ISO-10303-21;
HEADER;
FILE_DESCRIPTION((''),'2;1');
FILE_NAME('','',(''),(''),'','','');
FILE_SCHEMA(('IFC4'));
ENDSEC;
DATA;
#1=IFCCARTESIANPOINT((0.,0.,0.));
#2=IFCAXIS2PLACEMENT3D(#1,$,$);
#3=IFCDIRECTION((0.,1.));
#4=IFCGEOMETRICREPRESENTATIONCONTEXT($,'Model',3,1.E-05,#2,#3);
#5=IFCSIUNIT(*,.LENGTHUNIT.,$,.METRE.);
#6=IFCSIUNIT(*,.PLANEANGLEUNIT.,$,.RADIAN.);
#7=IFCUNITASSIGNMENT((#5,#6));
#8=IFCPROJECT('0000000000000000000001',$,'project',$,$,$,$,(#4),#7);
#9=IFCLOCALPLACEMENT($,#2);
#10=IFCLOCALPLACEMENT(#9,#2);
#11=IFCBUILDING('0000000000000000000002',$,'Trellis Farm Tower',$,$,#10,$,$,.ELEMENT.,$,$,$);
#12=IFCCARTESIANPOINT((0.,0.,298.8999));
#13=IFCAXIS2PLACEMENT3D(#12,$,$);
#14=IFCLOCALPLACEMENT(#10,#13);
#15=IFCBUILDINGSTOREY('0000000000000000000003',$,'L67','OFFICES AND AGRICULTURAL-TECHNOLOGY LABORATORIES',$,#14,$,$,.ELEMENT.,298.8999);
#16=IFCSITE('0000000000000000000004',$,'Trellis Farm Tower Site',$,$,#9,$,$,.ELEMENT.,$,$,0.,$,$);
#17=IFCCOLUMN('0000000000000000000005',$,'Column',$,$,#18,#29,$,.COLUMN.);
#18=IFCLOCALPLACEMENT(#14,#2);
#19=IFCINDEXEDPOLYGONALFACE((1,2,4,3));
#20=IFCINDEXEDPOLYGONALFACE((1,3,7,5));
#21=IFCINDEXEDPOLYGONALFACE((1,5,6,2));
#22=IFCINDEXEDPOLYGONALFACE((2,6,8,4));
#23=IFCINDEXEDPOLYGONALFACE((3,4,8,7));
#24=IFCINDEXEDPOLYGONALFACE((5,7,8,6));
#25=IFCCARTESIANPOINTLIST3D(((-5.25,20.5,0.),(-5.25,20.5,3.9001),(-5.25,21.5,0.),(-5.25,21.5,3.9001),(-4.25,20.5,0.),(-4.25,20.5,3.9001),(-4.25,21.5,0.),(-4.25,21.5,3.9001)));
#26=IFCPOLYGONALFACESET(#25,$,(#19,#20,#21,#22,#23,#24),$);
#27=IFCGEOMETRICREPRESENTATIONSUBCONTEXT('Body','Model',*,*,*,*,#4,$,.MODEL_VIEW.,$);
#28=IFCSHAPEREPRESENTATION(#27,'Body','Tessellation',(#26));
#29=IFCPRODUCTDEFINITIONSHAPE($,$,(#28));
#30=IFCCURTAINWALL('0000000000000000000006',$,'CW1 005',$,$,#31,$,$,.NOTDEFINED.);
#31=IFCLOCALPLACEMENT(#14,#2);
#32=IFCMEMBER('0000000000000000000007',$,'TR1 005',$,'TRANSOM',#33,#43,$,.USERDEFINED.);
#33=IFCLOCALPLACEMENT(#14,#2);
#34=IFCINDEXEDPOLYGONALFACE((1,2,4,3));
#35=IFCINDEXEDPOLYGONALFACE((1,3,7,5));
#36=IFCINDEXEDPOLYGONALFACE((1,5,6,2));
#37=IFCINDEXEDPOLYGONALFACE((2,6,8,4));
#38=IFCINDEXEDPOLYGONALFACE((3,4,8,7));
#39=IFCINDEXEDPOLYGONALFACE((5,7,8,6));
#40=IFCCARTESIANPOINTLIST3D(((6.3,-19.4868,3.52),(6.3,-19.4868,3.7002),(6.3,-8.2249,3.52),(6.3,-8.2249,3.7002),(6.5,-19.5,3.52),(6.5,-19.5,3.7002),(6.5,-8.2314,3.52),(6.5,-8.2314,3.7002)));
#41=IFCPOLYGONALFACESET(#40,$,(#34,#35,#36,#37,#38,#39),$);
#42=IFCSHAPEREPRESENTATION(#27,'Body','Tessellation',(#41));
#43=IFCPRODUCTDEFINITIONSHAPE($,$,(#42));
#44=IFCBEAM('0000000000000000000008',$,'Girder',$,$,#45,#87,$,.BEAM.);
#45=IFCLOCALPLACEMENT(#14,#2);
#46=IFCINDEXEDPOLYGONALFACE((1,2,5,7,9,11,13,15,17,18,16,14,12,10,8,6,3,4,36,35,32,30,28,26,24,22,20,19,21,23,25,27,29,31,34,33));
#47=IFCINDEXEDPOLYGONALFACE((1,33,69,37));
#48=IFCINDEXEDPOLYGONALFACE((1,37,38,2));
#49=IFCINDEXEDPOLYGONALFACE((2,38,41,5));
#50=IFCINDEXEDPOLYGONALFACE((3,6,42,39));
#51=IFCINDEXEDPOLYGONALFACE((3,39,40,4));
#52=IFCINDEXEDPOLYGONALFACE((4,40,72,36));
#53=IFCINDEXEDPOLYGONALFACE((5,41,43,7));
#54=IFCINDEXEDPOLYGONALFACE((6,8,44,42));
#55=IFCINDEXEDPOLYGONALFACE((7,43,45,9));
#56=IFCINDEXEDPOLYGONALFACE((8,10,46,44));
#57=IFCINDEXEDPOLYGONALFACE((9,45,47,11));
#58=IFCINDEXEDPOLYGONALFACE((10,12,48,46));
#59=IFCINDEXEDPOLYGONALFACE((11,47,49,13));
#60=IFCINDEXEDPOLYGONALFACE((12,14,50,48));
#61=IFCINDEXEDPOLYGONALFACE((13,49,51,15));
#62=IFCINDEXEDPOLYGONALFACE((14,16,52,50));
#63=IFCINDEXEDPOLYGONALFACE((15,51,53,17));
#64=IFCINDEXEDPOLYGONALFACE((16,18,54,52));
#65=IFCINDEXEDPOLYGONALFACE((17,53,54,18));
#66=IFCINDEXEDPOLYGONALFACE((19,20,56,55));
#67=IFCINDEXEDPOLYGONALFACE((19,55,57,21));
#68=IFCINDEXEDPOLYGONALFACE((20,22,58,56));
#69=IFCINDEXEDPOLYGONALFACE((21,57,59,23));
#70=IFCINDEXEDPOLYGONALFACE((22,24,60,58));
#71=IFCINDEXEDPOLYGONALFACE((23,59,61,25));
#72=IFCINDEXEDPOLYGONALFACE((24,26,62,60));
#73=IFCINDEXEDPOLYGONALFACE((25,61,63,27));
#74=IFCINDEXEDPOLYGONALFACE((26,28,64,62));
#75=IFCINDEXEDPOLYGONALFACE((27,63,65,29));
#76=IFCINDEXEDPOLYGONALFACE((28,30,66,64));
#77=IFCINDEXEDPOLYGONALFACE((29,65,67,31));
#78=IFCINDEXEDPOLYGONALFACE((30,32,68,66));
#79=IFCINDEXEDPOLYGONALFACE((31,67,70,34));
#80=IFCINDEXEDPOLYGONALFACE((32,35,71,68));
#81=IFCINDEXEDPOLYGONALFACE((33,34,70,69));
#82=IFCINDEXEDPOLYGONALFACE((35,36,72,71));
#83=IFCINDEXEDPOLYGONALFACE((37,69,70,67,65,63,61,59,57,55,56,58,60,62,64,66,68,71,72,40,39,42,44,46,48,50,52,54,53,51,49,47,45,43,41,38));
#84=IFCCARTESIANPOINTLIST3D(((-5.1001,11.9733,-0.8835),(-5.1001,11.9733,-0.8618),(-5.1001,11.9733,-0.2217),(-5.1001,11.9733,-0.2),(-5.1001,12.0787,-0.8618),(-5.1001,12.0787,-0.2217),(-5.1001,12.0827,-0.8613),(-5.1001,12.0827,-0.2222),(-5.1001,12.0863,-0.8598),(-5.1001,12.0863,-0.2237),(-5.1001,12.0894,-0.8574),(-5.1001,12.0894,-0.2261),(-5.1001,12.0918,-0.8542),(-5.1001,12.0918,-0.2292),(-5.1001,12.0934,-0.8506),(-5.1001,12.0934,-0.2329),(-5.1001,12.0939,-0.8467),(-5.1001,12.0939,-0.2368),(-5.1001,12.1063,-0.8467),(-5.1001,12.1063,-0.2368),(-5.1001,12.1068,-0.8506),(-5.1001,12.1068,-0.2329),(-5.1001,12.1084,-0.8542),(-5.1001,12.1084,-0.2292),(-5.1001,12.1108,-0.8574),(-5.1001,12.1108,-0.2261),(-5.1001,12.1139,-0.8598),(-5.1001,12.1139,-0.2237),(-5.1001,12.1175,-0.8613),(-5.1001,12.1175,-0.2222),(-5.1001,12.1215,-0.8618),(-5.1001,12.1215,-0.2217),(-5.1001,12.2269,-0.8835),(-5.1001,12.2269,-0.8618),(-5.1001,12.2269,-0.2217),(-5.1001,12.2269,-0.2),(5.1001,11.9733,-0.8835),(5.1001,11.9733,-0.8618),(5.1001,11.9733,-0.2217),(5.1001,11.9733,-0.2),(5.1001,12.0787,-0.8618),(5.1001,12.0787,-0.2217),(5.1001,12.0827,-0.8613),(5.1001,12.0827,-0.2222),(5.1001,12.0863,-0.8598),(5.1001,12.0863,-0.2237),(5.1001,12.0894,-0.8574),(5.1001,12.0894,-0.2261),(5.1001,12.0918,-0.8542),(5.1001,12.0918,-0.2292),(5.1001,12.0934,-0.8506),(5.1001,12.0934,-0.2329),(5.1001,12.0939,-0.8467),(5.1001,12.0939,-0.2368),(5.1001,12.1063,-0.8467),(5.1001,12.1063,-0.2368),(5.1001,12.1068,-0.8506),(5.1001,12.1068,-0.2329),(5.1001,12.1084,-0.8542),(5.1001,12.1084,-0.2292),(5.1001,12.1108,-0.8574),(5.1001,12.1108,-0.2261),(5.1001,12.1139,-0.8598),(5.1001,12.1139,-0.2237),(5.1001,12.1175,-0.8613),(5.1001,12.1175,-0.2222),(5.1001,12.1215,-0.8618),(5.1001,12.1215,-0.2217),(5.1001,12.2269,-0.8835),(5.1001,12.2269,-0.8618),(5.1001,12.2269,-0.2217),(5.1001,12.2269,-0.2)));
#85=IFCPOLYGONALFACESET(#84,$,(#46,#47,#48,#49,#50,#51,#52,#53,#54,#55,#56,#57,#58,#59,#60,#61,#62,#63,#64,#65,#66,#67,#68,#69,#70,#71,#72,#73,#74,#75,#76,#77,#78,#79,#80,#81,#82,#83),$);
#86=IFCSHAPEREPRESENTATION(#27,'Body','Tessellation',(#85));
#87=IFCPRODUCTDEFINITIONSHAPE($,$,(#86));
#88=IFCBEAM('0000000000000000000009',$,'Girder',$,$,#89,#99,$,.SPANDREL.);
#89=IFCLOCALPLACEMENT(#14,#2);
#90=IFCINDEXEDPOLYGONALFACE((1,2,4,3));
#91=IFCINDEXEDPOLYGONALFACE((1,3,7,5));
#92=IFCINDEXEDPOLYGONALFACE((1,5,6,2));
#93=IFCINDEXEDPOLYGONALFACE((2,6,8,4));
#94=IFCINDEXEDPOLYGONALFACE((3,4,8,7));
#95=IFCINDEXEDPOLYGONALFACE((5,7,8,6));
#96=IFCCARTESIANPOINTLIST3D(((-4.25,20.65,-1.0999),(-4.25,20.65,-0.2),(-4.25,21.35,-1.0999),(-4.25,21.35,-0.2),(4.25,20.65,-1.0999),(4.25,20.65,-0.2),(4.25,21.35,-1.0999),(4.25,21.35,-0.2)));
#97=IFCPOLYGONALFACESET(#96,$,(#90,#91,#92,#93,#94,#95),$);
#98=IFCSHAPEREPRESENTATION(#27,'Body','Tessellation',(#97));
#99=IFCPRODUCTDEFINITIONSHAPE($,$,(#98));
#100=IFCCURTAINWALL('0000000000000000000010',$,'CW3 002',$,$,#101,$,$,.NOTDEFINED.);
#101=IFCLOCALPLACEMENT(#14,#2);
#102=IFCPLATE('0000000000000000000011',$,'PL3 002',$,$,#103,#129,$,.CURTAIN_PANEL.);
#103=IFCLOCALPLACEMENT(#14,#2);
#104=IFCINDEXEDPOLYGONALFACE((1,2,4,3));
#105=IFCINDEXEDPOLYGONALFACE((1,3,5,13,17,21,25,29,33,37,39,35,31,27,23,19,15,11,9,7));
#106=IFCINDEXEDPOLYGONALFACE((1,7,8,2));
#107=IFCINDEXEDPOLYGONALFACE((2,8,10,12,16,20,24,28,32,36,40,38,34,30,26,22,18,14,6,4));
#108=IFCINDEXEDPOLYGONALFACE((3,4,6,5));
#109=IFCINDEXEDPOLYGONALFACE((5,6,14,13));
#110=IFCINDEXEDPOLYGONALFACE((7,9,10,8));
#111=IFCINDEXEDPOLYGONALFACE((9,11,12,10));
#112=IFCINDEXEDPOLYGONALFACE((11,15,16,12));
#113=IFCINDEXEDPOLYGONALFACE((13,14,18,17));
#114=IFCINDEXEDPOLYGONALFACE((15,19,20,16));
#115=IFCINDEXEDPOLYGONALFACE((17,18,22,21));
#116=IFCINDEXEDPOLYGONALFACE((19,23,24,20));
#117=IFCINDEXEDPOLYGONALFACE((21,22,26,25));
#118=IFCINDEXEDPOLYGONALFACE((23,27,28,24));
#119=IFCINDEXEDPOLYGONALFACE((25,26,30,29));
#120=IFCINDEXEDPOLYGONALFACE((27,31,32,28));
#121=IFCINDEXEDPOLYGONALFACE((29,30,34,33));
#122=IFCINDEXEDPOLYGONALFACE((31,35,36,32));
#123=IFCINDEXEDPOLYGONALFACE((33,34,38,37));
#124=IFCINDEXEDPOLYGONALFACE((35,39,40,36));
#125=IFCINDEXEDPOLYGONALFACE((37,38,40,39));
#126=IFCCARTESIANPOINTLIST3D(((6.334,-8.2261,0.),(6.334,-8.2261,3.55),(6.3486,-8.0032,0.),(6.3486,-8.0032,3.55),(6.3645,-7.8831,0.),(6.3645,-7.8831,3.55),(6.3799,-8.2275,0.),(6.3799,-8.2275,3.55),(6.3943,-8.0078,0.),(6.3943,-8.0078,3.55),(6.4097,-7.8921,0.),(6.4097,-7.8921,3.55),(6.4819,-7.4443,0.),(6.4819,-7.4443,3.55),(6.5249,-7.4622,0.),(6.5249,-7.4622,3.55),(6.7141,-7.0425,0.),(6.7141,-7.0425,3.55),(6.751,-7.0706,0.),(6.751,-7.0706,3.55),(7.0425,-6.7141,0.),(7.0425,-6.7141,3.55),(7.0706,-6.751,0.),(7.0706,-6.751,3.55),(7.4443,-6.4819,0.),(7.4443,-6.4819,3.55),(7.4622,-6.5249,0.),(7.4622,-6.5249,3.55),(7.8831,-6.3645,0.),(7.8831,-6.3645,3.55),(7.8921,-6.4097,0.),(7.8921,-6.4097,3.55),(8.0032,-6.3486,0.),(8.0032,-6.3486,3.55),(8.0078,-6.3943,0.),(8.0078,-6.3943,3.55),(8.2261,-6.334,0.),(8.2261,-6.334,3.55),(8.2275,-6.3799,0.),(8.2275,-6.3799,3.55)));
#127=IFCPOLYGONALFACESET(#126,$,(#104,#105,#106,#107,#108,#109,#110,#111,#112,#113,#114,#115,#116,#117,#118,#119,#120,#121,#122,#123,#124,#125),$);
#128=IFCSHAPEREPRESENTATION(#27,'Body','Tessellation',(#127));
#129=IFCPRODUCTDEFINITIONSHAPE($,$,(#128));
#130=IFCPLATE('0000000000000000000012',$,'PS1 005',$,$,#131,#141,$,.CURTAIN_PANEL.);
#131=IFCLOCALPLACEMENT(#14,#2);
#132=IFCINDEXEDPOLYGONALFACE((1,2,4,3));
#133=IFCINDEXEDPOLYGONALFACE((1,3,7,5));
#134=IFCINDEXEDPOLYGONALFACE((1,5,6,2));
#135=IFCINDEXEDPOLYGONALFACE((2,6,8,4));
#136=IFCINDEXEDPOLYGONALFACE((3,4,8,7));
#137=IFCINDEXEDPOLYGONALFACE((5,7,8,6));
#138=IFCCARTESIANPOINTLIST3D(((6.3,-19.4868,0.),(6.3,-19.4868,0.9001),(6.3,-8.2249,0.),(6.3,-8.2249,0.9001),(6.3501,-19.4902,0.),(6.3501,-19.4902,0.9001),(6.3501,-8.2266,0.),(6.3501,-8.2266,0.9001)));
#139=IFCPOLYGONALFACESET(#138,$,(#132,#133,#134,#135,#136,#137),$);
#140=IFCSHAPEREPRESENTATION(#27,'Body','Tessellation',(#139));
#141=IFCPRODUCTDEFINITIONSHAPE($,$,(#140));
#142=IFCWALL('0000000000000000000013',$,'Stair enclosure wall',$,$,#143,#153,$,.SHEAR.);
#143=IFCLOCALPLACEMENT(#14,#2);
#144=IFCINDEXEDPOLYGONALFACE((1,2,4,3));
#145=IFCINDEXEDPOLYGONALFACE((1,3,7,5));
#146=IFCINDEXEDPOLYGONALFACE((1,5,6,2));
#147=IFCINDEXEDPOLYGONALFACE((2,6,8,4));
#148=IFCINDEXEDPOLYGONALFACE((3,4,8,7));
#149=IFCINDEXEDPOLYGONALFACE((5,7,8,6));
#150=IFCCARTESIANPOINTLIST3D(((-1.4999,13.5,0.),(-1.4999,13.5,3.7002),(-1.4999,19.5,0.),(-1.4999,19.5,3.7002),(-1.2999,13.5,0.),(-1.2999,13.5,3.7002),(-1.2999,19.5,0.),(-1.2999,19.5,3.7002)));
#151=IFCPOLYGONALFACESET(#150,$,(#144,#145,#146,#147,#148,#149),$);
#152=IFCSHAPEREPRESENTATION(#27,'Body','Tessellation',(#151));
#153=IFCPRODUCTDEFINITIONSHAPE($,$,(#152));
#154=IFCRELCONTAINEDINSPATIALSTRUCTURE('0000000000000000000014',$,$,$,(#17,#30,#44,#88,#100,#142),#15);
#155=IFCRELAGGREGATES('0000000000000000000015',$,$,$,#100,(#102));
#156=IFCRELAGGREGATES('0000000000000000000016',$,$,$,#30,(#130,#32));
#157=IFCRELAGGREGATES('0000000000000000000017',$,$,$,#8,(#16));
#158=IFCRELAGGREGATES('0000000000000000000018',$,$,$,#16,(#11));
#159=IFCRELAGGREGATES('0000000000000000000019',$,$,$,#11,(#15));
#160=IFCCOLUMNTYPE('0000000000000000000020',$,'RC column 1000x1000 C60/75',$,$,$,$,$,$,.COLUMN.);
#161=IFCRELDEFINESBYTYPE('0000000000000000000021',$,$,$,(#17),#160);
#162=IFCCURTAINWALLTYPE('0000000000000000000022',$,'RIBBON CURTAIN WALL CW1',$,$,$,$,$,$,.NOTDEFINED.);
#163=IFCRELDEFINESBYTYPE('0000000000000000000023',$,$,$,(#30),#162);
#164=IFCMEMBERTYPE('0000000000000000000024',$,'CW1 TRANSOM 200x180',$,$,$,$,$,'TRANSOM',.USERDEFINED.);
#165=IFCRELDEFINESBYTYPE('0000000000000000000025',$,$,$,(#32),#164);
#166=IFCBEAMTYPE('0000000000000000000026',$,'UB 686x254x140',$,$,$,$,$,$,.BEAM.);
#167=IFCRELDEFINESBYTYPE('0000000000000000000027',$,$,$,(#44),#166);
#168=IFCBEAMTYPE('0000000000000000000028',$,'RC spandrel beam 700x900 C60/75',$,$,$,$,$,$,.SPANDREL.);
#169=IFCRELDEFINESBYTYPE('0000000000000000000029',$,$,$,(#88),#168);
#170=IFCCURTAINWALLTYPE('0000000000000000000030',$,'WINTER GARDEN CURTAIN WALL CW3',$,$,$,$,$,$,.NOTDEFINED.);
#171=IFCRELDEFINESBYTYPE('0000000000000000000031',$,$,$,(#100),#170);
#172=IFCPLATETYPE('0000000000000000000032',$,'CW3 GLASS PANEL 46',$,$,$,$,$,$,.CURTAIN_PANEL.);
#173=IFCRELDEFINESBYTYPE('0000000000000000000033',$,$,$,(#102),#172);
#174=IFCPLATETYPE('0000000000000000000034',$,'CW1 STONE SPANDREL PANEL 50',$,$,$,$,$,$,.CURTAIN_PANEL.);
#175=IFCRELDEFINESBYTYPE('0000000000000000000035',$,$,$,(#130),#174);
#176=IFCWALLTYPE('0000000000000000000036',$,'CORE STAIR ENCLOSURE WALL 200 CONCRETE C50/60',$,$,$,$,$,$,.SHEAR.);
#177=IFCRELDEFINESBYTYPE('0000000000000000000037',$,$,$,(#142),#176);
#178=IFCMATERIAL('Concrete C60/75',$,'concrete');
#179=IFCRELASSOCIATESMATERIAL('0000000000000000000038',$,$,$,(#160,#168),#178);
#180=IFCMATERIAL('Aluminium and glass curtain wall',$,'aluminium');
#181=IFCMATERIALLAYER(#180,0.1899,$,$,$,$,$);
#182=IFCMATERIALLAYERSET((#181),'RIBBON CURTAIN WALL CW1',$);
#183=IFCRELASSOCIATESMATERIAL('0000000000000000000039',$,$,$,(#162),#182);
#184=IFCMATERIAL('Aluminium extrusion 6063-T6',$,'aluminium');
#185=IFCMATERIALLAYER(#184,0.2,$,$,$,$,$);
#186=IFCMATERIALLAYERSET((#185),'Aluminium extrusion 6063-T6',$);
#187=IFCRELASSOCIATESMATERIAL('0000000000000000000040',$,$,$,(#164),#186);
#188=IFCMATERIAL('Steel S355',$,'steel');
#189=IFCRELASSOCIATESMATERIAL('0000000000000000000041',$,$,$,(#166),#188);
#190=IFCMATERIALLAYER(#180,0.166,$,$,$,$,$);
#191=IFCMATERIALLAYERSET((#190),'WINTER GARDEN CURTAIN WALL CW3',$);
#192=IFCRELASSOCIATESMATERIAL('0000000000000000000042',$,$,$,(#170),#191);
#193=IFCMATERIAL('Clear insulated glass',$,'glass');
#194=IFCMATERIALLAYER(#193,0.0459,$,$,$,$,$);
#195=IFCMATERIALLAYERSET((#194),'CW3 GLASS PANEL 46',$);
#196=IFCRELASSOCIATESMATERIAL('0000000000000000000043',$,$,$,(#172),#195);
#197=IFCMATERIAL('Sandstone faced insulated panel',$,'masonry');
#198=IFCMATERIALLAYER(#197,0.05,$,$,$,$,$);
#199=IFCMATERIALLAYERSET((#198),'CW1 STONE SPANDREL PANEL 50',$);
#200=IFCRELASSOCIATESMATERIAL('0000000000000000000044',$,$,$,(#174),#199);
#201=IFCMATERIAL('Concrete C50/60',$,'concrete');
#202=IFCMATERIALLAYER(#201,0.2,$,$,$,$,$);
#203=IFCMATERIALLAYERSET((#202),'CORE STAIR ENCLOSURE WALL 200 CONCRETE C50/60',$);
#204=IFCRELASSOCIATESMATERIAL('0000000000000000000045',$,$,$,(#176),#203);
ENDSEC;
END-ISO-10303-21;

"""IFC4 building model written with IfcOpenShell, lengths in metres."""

from ifc_helpers import new_model, si_unit, direction, frame, frame_2d, origin, origin_2d, place, context, subcontext, project, spatial, polyline, rectangle, i_section, outline, extrude, source, transform, mapped, material, layer, layer_set, material_profile, profile_set, type_object, element, aggregate, save


model = new_model("IFC4")

# Units and contexts
model_context = context("Model", 3, precision=1e-05, world=origin(), true_north=direction((0.0, 1.0)))
body_context = subcontext(model_context, "Body", "Model", "MODEL_VIEW")
ifc_project = project(units=[si_unit("LENGTHUNIT", "METRE"), si_unit("PLANEANGLEUNIT", "RADIAN")], contexts=[model_context])

# Site, building, storey
site_placement = place(None, origin())
site = spatial("IfcSite", under=ifc_project, at=site_placement, Name="Trellis Farm Tower Site", CompositionType="ELEMENT", RefElevation=0.0)
building_placement = place(site_placement, origin())
building = spatial("IfcBuilding", under=site, at=building_placement, Name="Trellis Farm Tower", CompositionType="ELEMENT")
storey_placement = place(building_placement, frame((0.0, 0.0, 298.8999)))
storey = spatial("IfcBuildingStorey", under=building, at=storey_placement, Name="L67", Description="OFFICES AND AGRICULTURAL-TECHNOLOGY LABORATORIES", CompositionType="ELEMENT", Elevation=298.8999)

# Column
ifc_material_1 = material(Name="Concrete C60/75", Category="concrete")
ifc_material_profile_1 = material_profile(ifc_material_1, rectangle(XDim=1.0, YDim=1.0, at=origin_2d()), Name="RC column 1000x1000 C60/75")
ifc_profile_set_1 = profile_set([ifc_material_profile_1], Name="Concrete C60/75")
column_type = type_object("IfcColumnType", Name="RC column 1000x1000 C60/75", PredefinedType="COLUMN", material=ifc_profile_set_1)
shared_shape_1 = source(origin(), body_context, "Body", "SweptSolid", [
    extrude(rectangle(XDim=1.0, YDim=1.0, at=origin_2d()), origin(), (0.0, 0.0, 1.0), 3.9001),
])
column_placement = place(storey_placement, frame((-4.75, 21.0, 0.0), z_axis=(0.0, 0.0, 1.0), x_axis=(1.0, 0.0, 0.0)))
element("IfcColumn", 1, at=column_placement, inside=storey, type_object=column_type, Name="Column", PredefinedType="COLUMN", context=body_context, shape_type="MappedRepresentation", body=[
    mapped(shared_shape_1, transform((0.0, 0.0, 0.0))),
])

# Curtain wall, member
ifc_material_2 = material(Name="Aluminium and glass curtain wall", Category="aluminium")
ifc_layer_1 = layer(ifc_material_2, 0.1899)
ifc_layer_set_1 = layer_set([ifc_layer_1], Name="RIBBON CURTAIN WALL CW1")
curtain_wall_type_1 = type_object("IfcCurtainWallType", Name="RIBBON CURTAIN WALL CW1", PredefinedType="NOTDEFINED", material=ifc_layer_set_1)
placement = place(storey_placement, origin())
curtain_wall_1 = element("IfcCurtainWall", 2, at=placement, inside=storey, type_object=curtain_wall_type_1, Name="CW1 005", PredefinedType="NOTDEFINED")
ifc_material_3 = material(Name="Aluminium extrusion 6063-T6", Category="aluminium")
ifc_layer_2 = layer(ifc_material_3, 0.2)
ifc_layer_set_2 = layer_set([ifc_layer_2], Name="Aluminium extrusion 6063-T6")
member_type = type_object("IfcMemberType", Name="CW1 TRANSOM 200x180", ElementType="TRANSOM", PredefinedType="USERDEFINED", material=ifc_layer_set_2)
member_placement = place(storey_placement, frame((0.0, 0.0, 3.52)))
member = element("IfcMember", 3, at=member_placement, type_object=member_type, Name="TR1 005", ObjectType="TRANSOM", PredefinedType="USERDEFINED", context=body_context, shape_type="SweptSolid", body=[
    extrude(outline(polyline([(6.5, -19.5), (6.5, -8.2314), (6.3, -8.2249), (6.3, -19.4868), (6.5, -19.5)])), origin(), (0.0, 0.0, 1.0), 0.1802),
])

# Beams
ifc_material_4 = material(Name="Steel S355", Category="steel")
ifc_material_profile_2 = material_profile(ifc_material_4, i_section(OverallWidth=0.2537, OverallDepth=0.6836, WebThickness=0.0125, FlangeThickness=0.0217, FilletRadius=0.0151, at=origin_2d()), Name="UB 686x254x140")
ifc_profile_set_2 = profile_set([ifc_material_profile_2], Name="Steel S355")
beam_type_1 = type_object("IfcBeamType", Name="UB 686x254x140", PredefinedType="BEAM", material=ifc_profile_set_2)
shared_shape_2 = source(origin(), body_context, "Body", "SweptSolid", [
    extrude(i_section(OverallWidth=0.2537, OverallDepth=0.6836, WebThickness=0.0125, FlangeThickness=0.0217, FilletRadius=0.0151, at=origin_2d()), origin(), (0.0, 0.0, 1.0), 10.2002),
])
beam_1_placement = place(storey_placement, frame((-5.1001, 12.1001, -0.5417), z_axis=(1.0, 0.0, 0.0), x_axis=(0.0, 1.0, 0.0)))
element("IfcBeam", 4, at=beam_1_placement, inside=storey, type_object=beam_type_1, Name="Girder", PredefinedType="BEAM", context=body_context, shape_type="MappedRepresentation", body=[
    mapped(shared_shape_2, transform((0.0, 0.0, 0.0))),
])
ifc_material_profile_3 = material_profile(ifc_material_1, rectangle(XDim=0.7, YDim=0.8999, at=origin_2d()), Name="RC spandrel beam 700x900 C60/75")
ifc_profile_set_3 = profile_set([ifc_material_profile_3], Name="Concrete C60/75")
beam_type_2 = type_object("IfcBeamType", Name="RC spandrel beam 700x900 C60/75", PredefinedType="SPANDREL", material=ifc_profile_set_3)
shared_shape_3 = source(origin(), body_context, "Body", "SweptSolid", [
    extrude(rectangle(XDim=0.7, YDim=0.8999, at=origin_2d()), origin(), (0.0, 0.0, 1.0), 8.5),
])
beam_2_placement = place(storey_placement, frame((-4.25, 21.0, -0.6499), z_axis=(1.0, 0.0, 0.0), x_axis=(0.0, 1.0, 0.0)))
element("IfcBeam", 5, at=beam_2_placement, inside=storey, type_object=beam_type_2, Name="Girder", PredefinedType="SPANDREL", context=body_context, shape_type="MappedRepresentation", body=[
    mapped(shared_shape_3, transform((0.0, 0.0, 0.0))),
])

# Curtain wall, plate
ifc_layer_3 = layer(ifc_material_2, 0.166)
ifc_layer_set_3 = layer_set([ifc_layer_3], Name="WINTER GARDEN CURTAIN WALL CW3")
curtain_wall_type_2 = type_object("IfcCurtainWallType", Name="WINTER GARDEN CURTAIN WALL CW3", PredefinedType="NOTDEFINED", material=ifc_layer_set_3)
curtain_wall_2 = element("IfcCurtainWall", 6, at=placement, inside=storey, type_object=curtain_wall_type_2, Name="CW3 002", PredefinedType="NOTDEFINED")
ifc_material_5 = material(Name="Clear insulated glass", Category="glass")
ifc_layer_4 = layer(ifc_material_5, 0.0459)
ifc_layer_set_4 = layer_set([ifc_layer_4], Name="CW3 GLASS PANEL 46")
plate_type_1 = type_object("IfcPlateType", Name="CW3 GLASS PANEL 46", PredefinedType="CURTAIN_PANEL", material=ifc_layer_set_4)
shared_shape_4 = source(origin(), body_context, "Body", "SweptSolid", [
    extrude(outline(polyline([(6.3799, -8.2275), (6.3943, -8.0078), (6.4097, -7.8921), (6.5249, -7.4622), (6.751, -7.0706), (7.0706, -6.751), (7.4622, -6.5249), (7.8921, -6.4097), (8.0078, -6.3943), (8.2275, -6.3799), (8.2261, -6.334), (8.0032, -6.3486), (7.8831, -6.3645), (7.4443, -6.4819), (7.0425, -6.7141), (6.7141, -7.0425), (6.4819, -7.4443), (6.3645, -7.8831), (6.3486, -8.0032), (6.334, -8.2261), (6.3799, -8.2275)])), origin(), (0.0, 0.0, 1.0), 3.55),
])
plate_1 = element("IfcPlate", 7, at=placement, type_object=plate_type_1, Name="PL3 002", PredefinedType="CURTAIN_PANEL", context=body_context, shape_type="MappedRepresentation", body=[
    mapped(shared_shape_4, transform((0.0, 0.0, 0.0))),
])
aggregate(curtain_wall_2, [plate_1])

# Plate
ifc_material_6 = material(Name="Sandstone faced insulated panel", Category="masonry")
ifc_layer_5 = layer(ifc_material_6, 0.05)
ifc_layer_set_5 = layer_set([ifc_layer_5], Name="CW1 STONE SPANDREL PANEL 50")
plate_type_2 = type_object("IfcPlateType", Name="CW1 STONE SPANDREL PANEL 50", PredefinedType="CURTAIN_PANEL", material=ifc_layer_set_5)
shared_shape_5 = source(origin(), body_context, "Body", "SweptSolid", [
    extrude(outline(polyline([(6.3501, -19.4902), (6.3501, -8.2266), (6.3, -8.2249), (6.3, -19.4868), (6.3501, -19.4902)])), origin(), (0.0, 0.0, 1.0), 0.9001),
])
plate_2 = element("IfcPlate", 8, at=placement, type_object=plate_type_2, Name="PS1 005", PredefinedType="CURTAIN_PANEL", context=body_context, shape_type="MappedRepresentation", body=[
    mapped(shared_shape_5, transform((0.0, 0.0, 0.0))),
])
aggregate(curtain_wall_1, [plate_2, member])

# Wall
ifc_material_7 = material(Name="Concrete C50/60", Category="concrete")
ifc_layer_6 = layer(ifc_material_7, 0.2)
ifc_layer_set_6 = layer_set([ifc_layer_6], Name="CORE STAIR ENCLOSURE WALL 200 CONCRETE C50/60")
wall_type_1 = type_object("IfcWallType", Name="CORE STAIR ENCLOSURE WALL 200 CONCRETE C50/60", PredefinedType="SHEAR", material=ifc_layer_set_6)
shared_shape_6 = source(origin(), body_context, "Body", "SweptSolid", [
    extrude(rectangle(XDim=6.0, YDim=0.2, at=frame_2d((3.0, 0.0))), origin(), (0.0, 0.0, 1.0), 3.7002),
])
wall_1_placement = place(storey_placement, frame((-1.3999, 13.5, 0.0), z_axis=(0.0, 0.0, 1.0), x_axis=(0.0, 1.0, 0.0)))
element("IfcWall", 9, at=wall_1_placement, inside=storey, type_object=wall_type_1, Name="Stair enclosure wall", PredefinedType="SHEAR", context=body_context, shape_type="MappedRepresentation", body=[
    mapped(shared_shape_6, transform((0.0, 0.0, 0.0))),
])

save(model, "model.ifc")
